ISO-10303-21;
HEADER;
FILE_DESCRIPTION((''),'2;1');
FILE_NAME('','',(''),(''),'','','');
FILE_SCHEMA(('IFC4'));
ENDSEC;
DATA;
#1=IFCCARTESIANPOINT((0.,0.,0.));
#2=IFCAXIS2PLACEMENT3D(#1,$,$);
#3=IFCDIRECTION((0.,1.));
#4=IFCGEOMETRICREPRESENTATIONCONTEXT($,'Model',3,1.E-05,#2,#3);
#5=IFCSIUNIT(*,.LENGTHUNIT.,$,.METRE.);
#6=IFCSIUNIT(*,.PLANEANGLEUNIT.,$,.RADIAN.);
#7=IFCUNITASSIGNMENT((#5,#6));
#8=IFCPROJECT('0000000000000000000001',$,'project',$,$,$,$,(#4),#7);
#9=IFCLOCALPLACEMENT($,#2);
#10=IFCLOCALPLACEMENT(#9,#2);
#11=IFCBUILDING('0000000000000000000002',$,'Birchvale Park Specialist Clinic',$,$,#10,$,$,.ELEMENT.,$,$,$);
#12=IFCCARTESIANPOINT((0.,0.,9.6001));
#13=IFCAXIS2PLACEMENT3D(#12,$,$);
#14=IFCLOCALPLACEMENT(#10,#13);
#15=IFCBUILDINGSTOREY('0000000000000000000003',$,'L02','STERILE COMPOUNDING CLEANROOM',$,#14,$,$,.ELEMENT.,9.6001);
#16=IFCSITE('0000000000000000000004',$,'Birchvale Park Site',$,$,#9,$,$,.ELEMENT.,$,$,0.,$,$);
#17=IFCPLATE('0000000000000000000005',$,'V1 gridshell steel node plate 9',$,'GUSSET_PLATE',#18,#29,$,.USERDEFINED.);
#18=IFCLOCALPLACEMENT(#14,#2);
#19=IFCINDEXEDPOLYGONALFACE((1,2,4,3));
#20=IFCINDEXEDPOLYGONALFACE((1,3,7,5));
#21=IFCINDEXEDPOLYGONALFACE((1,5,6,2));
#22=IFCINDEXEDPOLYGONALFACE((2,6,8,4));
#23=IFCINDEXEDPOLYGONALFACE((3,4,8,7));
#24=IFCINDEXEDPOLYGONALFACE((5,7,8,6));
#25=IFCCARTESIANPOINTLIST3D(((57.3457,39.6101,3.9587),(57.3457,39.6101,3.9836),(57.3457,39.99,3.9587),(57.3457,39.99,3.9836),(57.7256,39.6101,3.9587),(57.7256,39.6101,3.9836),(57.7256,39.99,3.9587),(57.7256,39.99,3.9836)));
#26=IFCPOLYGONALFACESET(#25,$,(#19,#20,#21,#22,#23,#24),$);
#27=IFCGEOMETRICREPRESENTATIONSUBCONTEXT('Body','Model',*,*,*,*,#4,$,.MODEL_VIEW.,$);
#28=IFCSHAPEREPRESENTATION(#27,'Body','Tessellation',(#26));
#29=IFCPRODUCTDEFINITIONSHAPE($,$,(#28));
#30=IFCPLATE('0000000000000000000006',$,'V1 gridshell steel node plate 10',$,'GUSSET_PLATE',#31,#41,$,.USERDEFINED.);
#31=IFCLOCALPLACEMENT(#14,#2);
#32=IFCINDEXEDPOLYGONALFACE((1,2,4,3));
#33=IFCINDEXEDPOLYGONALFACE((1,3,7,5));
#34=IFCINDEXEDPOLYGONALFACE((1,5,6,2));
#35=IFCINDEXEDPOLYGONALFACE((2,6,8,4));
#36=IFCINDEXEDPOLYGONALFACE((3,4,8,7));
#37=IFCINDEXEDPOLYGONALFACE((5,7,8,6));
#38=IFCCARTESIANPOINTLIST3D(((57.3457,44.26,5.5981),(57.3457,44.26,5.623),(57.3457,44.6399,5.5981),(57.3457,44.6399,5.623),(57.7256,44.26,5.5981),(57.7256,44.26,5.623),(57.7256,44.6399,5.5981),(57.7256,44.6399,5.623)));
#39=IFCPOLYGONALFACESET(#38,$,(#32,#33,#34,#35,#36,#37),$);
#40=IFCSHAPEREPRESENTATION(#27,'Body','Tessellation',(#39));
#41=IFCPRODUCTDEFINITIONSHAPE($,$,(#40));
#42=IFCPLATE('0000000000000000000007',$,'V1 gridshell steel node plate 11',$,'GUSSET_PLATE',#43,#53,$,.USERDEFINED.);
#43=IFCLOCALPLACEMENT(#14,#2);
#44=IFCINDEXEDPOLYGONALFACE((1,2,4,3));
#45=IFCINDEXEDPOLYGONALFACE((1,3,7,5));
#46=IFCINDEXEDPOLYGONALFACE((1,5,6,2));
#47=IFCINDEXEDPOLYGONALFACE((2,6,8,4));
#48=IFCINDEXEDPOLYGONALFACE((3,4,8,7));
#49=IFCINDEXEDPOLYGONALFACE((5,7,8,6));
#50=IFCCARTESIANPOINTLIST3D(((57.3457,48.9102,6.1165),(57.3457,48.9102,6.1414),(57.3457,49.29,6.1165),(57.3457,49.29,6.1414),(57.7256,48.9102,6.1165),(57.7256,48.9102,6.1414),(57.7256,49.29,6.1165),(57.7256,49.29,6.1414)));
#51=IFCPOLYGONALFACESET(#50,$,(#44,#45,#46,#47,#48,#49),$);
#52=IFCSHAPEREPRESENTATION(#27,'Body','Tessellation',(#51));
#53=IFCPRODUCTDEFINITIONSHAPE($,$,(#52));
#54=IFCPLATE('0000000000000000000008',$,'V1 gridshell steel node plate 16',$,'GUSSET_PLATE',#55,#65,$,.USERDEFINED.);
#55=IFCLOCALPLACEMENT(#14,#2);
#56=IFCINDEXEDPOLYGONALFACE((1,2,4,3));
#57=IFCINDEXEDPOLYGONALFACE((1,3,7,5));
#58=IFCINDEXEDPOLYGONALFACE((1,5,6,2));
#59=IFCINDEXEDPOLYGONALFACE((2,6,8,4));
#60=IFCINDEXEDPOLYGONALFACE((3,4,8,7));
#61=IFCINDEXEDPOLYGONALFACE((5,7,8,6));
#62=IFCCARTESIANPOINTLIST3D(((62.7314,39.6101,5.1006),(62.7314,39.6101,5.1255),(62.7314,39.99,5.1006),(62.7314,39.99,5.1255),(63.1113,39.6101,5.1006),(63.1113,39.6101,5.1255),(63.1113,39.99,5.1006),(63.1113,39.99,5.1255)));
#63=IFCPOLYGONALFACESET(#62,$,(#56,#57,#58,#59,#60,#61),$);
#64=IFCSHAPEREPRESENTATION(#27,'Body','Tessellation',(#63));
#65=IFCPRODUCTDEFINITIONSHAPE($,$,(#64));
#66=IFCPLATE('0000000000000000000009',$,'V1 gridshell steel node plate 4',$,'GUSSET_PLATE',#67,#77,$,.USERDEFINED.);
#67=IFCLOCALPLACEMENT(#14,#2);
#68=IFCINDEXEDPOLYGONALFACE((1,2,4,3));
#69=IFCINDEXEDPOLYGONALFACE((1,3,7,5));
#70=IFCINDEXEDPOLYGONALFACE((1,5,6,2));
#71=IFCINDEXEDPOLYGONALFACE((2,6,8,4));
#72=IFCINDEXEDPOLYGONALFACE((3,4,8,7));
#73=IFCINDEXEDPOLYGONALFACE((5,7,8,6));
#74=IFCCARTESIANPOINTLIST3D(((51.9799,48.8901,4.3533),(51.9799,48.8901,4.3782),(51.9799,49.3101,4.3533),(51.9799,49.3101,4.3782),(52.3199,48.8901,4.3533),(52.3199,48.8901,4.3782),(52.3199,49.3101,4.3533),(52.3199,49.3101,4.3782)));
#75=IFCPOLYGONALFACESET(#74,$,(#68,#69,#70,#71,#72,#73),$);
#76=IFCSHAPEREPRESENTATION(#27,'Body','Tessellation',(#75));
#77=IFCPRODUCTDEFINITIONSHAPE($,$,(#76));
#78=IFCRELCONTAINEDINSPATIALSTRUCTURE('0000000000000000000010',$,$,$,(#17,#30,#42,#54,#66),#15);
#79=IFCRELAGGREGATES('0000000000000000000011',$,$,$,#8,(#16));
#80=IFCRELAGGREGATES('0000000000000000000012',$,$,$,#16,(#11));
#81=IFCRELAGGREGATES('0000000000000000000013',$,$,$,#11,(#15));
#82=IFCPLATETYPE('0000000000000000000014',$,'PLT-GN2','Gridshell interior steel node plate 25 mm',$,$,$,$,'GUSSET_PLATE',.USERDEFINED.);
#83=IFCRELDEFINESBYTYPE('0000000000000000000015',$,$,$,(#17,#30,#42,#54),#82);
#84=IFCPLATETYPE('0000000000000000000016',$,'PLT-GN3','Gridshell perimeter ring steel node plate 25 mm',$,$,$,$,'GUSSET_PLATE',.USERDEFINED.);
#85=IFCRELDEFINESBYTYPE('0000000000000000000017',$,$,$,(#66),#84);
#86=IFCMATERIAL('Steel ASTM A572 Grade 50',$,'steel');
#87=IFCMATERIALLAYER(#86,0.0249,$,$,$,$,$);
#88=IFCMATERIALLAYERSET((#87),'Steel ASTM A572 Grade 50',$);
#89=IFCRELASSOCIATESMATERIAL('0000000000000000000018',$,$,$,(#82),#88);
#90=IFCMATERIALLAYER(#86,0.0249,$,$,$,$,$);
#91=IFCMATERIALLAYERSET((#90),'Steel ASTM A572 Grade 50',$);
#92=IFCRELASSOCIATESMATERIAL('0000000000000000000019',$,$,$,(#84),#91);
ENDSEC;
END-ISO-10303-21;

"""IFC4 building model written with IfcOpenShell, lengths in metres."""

from ifc_helpers import new_model, si_unit, direction, frame, origin, origin_2d, place, context, subcontext, project, spatial, rectangle, extrude, material, layer, layer_set, type_object, element, save


model = new_model("IFC4")

# Units and contexts
model_context = context("Model", 3, precision=1e-05, world=origin(), true_north=direction((0.0, 1.0)))
body_context = subcontext(model_context, "Body", "Model", "MODEL_VIEW")
ifc_project = project(units=[si_unit("LENGTHUNIT", "METRE"), si_unit("PLANEANGLEUNIT", "RADIAN")], contexts=[model_context])

# Site, building, storey
site_placement = place(None, origin())
site = spatial("IfcSite", under=ifc_project, at=site_placement, Name="Birchvale Park Site", CompositionType="ELEMENT", RefElevation=0.0)
building_placement = place(site_placement, origin())
building = spatial("IfcBuilding", under=site, at=building_placement, Name="Birchvale Park Specialist Clinic", CompositionType="ELEMENT")
storey_placement = place(building_placement, frame((0.0, 0.0, 9.6001)))
storey = spatial("IfcBuildingStorey", under=building, at=storey_placement, Name="L02", Description="STERILE COMPOUNDING CLEANROOM", CompositionType="ELEMENT", Elevation=9.6001)

# Plates
ifc_material_1 = material(Name="Steel ASTM A572 Grade 50", Category="steel")
ifc_layer_1 = layer(ifc_material_1, 0.0249)
ifc_layer_set_1 = layer_set([ifc_layer_1], Name="Steel ASTM A572 Grade 50")
plate_type_1 = type_object("IfcPlateType", Name="PLT-GN2", Description="Gridshell interior steel node plate 25 mm", ElementType="GUSSET_PLATE", PredefinedType="USERDEFINED", material=ifc_layer_set_1)
for number, where, z_axis, x_axis, name in (
    (1, (57.5356, 39.8, 3.9587), (0.0, 0.0, 1.0), (1.0, 0.0, 0.0), "V1 gridshell steel node plate 9"),
    (2, (57.5356, 44.45, 5.5981), (0.0, 0.0, 1.0), (1.0, 0.0, 0.0), "V1 gridshell steel node plate 10"),
    (3, (57.5356, 49.1001, 6.1165), (0.0, 0.0, 1.0), (1.0, 0.0, 0.0), "V1 gridshell steel node plate 11"),
    (4, (62.9214, 39.8, 5.1006), (0.0, 0.0, 1.0), (1.0, 0.0, 0.0), "V1 gridshell steel node plate 16"),
):
    element("IfcPlate", number, at=place(storey_placement, frame(where, z_axis=z_axis, x_axis=x_axis)), inside=storey, type_object=plate_type_1, Name=name, ObjectType="GUSSET_PLATE", PredefinedType="USERDEFINED", context=body_context, shape_type="SweptSolid", body=[
        extrude(rectangle(XDim=0.3799, YDim=0.3799, at=origin_2d()), origin(), (0.0, 0.0, 1.0), 0.0249),
    ])
ifc_layer_2 = layer(ifc_material_1, 0.0249)
ifc_layer_set_2 = layer_set([ifc_layer_2], Name="Steel ASTM A572 Grade 50")
plate_type_2 = type_object("IfcPlateType", Name="PLT-GN3", Description="Gridshell perimeter ring steel node plate 25 mm", ElementType="GUSSET_PLATE", PredefinedType="USERDEFINED", material=ifc_layer_set_2)
plate_placement = place(storey_placement, frame((52.1499, 49.1001, 4.3533), z_axis=(0.0, 0.0, 1.0), x_axis=(1.0, 0.0, 0.0)))
element("IfcPlate", 5, at=plate_placement, inside=storey, type_object=plate_type_2, Name="V1 gridshell steel node plate 4", ObjectType="GUSSET_PLATE", PredefinedType="USERDEFINED", context=body_context, shape_type="SweptSolid", body=[
    extrude(rectangle(XDim=0.3401, YDim=0.4199, at=origin_2d()), origin(), (0.0, 0.0, 1.0), 0.0249),
])

save(model, "model.ifc")
